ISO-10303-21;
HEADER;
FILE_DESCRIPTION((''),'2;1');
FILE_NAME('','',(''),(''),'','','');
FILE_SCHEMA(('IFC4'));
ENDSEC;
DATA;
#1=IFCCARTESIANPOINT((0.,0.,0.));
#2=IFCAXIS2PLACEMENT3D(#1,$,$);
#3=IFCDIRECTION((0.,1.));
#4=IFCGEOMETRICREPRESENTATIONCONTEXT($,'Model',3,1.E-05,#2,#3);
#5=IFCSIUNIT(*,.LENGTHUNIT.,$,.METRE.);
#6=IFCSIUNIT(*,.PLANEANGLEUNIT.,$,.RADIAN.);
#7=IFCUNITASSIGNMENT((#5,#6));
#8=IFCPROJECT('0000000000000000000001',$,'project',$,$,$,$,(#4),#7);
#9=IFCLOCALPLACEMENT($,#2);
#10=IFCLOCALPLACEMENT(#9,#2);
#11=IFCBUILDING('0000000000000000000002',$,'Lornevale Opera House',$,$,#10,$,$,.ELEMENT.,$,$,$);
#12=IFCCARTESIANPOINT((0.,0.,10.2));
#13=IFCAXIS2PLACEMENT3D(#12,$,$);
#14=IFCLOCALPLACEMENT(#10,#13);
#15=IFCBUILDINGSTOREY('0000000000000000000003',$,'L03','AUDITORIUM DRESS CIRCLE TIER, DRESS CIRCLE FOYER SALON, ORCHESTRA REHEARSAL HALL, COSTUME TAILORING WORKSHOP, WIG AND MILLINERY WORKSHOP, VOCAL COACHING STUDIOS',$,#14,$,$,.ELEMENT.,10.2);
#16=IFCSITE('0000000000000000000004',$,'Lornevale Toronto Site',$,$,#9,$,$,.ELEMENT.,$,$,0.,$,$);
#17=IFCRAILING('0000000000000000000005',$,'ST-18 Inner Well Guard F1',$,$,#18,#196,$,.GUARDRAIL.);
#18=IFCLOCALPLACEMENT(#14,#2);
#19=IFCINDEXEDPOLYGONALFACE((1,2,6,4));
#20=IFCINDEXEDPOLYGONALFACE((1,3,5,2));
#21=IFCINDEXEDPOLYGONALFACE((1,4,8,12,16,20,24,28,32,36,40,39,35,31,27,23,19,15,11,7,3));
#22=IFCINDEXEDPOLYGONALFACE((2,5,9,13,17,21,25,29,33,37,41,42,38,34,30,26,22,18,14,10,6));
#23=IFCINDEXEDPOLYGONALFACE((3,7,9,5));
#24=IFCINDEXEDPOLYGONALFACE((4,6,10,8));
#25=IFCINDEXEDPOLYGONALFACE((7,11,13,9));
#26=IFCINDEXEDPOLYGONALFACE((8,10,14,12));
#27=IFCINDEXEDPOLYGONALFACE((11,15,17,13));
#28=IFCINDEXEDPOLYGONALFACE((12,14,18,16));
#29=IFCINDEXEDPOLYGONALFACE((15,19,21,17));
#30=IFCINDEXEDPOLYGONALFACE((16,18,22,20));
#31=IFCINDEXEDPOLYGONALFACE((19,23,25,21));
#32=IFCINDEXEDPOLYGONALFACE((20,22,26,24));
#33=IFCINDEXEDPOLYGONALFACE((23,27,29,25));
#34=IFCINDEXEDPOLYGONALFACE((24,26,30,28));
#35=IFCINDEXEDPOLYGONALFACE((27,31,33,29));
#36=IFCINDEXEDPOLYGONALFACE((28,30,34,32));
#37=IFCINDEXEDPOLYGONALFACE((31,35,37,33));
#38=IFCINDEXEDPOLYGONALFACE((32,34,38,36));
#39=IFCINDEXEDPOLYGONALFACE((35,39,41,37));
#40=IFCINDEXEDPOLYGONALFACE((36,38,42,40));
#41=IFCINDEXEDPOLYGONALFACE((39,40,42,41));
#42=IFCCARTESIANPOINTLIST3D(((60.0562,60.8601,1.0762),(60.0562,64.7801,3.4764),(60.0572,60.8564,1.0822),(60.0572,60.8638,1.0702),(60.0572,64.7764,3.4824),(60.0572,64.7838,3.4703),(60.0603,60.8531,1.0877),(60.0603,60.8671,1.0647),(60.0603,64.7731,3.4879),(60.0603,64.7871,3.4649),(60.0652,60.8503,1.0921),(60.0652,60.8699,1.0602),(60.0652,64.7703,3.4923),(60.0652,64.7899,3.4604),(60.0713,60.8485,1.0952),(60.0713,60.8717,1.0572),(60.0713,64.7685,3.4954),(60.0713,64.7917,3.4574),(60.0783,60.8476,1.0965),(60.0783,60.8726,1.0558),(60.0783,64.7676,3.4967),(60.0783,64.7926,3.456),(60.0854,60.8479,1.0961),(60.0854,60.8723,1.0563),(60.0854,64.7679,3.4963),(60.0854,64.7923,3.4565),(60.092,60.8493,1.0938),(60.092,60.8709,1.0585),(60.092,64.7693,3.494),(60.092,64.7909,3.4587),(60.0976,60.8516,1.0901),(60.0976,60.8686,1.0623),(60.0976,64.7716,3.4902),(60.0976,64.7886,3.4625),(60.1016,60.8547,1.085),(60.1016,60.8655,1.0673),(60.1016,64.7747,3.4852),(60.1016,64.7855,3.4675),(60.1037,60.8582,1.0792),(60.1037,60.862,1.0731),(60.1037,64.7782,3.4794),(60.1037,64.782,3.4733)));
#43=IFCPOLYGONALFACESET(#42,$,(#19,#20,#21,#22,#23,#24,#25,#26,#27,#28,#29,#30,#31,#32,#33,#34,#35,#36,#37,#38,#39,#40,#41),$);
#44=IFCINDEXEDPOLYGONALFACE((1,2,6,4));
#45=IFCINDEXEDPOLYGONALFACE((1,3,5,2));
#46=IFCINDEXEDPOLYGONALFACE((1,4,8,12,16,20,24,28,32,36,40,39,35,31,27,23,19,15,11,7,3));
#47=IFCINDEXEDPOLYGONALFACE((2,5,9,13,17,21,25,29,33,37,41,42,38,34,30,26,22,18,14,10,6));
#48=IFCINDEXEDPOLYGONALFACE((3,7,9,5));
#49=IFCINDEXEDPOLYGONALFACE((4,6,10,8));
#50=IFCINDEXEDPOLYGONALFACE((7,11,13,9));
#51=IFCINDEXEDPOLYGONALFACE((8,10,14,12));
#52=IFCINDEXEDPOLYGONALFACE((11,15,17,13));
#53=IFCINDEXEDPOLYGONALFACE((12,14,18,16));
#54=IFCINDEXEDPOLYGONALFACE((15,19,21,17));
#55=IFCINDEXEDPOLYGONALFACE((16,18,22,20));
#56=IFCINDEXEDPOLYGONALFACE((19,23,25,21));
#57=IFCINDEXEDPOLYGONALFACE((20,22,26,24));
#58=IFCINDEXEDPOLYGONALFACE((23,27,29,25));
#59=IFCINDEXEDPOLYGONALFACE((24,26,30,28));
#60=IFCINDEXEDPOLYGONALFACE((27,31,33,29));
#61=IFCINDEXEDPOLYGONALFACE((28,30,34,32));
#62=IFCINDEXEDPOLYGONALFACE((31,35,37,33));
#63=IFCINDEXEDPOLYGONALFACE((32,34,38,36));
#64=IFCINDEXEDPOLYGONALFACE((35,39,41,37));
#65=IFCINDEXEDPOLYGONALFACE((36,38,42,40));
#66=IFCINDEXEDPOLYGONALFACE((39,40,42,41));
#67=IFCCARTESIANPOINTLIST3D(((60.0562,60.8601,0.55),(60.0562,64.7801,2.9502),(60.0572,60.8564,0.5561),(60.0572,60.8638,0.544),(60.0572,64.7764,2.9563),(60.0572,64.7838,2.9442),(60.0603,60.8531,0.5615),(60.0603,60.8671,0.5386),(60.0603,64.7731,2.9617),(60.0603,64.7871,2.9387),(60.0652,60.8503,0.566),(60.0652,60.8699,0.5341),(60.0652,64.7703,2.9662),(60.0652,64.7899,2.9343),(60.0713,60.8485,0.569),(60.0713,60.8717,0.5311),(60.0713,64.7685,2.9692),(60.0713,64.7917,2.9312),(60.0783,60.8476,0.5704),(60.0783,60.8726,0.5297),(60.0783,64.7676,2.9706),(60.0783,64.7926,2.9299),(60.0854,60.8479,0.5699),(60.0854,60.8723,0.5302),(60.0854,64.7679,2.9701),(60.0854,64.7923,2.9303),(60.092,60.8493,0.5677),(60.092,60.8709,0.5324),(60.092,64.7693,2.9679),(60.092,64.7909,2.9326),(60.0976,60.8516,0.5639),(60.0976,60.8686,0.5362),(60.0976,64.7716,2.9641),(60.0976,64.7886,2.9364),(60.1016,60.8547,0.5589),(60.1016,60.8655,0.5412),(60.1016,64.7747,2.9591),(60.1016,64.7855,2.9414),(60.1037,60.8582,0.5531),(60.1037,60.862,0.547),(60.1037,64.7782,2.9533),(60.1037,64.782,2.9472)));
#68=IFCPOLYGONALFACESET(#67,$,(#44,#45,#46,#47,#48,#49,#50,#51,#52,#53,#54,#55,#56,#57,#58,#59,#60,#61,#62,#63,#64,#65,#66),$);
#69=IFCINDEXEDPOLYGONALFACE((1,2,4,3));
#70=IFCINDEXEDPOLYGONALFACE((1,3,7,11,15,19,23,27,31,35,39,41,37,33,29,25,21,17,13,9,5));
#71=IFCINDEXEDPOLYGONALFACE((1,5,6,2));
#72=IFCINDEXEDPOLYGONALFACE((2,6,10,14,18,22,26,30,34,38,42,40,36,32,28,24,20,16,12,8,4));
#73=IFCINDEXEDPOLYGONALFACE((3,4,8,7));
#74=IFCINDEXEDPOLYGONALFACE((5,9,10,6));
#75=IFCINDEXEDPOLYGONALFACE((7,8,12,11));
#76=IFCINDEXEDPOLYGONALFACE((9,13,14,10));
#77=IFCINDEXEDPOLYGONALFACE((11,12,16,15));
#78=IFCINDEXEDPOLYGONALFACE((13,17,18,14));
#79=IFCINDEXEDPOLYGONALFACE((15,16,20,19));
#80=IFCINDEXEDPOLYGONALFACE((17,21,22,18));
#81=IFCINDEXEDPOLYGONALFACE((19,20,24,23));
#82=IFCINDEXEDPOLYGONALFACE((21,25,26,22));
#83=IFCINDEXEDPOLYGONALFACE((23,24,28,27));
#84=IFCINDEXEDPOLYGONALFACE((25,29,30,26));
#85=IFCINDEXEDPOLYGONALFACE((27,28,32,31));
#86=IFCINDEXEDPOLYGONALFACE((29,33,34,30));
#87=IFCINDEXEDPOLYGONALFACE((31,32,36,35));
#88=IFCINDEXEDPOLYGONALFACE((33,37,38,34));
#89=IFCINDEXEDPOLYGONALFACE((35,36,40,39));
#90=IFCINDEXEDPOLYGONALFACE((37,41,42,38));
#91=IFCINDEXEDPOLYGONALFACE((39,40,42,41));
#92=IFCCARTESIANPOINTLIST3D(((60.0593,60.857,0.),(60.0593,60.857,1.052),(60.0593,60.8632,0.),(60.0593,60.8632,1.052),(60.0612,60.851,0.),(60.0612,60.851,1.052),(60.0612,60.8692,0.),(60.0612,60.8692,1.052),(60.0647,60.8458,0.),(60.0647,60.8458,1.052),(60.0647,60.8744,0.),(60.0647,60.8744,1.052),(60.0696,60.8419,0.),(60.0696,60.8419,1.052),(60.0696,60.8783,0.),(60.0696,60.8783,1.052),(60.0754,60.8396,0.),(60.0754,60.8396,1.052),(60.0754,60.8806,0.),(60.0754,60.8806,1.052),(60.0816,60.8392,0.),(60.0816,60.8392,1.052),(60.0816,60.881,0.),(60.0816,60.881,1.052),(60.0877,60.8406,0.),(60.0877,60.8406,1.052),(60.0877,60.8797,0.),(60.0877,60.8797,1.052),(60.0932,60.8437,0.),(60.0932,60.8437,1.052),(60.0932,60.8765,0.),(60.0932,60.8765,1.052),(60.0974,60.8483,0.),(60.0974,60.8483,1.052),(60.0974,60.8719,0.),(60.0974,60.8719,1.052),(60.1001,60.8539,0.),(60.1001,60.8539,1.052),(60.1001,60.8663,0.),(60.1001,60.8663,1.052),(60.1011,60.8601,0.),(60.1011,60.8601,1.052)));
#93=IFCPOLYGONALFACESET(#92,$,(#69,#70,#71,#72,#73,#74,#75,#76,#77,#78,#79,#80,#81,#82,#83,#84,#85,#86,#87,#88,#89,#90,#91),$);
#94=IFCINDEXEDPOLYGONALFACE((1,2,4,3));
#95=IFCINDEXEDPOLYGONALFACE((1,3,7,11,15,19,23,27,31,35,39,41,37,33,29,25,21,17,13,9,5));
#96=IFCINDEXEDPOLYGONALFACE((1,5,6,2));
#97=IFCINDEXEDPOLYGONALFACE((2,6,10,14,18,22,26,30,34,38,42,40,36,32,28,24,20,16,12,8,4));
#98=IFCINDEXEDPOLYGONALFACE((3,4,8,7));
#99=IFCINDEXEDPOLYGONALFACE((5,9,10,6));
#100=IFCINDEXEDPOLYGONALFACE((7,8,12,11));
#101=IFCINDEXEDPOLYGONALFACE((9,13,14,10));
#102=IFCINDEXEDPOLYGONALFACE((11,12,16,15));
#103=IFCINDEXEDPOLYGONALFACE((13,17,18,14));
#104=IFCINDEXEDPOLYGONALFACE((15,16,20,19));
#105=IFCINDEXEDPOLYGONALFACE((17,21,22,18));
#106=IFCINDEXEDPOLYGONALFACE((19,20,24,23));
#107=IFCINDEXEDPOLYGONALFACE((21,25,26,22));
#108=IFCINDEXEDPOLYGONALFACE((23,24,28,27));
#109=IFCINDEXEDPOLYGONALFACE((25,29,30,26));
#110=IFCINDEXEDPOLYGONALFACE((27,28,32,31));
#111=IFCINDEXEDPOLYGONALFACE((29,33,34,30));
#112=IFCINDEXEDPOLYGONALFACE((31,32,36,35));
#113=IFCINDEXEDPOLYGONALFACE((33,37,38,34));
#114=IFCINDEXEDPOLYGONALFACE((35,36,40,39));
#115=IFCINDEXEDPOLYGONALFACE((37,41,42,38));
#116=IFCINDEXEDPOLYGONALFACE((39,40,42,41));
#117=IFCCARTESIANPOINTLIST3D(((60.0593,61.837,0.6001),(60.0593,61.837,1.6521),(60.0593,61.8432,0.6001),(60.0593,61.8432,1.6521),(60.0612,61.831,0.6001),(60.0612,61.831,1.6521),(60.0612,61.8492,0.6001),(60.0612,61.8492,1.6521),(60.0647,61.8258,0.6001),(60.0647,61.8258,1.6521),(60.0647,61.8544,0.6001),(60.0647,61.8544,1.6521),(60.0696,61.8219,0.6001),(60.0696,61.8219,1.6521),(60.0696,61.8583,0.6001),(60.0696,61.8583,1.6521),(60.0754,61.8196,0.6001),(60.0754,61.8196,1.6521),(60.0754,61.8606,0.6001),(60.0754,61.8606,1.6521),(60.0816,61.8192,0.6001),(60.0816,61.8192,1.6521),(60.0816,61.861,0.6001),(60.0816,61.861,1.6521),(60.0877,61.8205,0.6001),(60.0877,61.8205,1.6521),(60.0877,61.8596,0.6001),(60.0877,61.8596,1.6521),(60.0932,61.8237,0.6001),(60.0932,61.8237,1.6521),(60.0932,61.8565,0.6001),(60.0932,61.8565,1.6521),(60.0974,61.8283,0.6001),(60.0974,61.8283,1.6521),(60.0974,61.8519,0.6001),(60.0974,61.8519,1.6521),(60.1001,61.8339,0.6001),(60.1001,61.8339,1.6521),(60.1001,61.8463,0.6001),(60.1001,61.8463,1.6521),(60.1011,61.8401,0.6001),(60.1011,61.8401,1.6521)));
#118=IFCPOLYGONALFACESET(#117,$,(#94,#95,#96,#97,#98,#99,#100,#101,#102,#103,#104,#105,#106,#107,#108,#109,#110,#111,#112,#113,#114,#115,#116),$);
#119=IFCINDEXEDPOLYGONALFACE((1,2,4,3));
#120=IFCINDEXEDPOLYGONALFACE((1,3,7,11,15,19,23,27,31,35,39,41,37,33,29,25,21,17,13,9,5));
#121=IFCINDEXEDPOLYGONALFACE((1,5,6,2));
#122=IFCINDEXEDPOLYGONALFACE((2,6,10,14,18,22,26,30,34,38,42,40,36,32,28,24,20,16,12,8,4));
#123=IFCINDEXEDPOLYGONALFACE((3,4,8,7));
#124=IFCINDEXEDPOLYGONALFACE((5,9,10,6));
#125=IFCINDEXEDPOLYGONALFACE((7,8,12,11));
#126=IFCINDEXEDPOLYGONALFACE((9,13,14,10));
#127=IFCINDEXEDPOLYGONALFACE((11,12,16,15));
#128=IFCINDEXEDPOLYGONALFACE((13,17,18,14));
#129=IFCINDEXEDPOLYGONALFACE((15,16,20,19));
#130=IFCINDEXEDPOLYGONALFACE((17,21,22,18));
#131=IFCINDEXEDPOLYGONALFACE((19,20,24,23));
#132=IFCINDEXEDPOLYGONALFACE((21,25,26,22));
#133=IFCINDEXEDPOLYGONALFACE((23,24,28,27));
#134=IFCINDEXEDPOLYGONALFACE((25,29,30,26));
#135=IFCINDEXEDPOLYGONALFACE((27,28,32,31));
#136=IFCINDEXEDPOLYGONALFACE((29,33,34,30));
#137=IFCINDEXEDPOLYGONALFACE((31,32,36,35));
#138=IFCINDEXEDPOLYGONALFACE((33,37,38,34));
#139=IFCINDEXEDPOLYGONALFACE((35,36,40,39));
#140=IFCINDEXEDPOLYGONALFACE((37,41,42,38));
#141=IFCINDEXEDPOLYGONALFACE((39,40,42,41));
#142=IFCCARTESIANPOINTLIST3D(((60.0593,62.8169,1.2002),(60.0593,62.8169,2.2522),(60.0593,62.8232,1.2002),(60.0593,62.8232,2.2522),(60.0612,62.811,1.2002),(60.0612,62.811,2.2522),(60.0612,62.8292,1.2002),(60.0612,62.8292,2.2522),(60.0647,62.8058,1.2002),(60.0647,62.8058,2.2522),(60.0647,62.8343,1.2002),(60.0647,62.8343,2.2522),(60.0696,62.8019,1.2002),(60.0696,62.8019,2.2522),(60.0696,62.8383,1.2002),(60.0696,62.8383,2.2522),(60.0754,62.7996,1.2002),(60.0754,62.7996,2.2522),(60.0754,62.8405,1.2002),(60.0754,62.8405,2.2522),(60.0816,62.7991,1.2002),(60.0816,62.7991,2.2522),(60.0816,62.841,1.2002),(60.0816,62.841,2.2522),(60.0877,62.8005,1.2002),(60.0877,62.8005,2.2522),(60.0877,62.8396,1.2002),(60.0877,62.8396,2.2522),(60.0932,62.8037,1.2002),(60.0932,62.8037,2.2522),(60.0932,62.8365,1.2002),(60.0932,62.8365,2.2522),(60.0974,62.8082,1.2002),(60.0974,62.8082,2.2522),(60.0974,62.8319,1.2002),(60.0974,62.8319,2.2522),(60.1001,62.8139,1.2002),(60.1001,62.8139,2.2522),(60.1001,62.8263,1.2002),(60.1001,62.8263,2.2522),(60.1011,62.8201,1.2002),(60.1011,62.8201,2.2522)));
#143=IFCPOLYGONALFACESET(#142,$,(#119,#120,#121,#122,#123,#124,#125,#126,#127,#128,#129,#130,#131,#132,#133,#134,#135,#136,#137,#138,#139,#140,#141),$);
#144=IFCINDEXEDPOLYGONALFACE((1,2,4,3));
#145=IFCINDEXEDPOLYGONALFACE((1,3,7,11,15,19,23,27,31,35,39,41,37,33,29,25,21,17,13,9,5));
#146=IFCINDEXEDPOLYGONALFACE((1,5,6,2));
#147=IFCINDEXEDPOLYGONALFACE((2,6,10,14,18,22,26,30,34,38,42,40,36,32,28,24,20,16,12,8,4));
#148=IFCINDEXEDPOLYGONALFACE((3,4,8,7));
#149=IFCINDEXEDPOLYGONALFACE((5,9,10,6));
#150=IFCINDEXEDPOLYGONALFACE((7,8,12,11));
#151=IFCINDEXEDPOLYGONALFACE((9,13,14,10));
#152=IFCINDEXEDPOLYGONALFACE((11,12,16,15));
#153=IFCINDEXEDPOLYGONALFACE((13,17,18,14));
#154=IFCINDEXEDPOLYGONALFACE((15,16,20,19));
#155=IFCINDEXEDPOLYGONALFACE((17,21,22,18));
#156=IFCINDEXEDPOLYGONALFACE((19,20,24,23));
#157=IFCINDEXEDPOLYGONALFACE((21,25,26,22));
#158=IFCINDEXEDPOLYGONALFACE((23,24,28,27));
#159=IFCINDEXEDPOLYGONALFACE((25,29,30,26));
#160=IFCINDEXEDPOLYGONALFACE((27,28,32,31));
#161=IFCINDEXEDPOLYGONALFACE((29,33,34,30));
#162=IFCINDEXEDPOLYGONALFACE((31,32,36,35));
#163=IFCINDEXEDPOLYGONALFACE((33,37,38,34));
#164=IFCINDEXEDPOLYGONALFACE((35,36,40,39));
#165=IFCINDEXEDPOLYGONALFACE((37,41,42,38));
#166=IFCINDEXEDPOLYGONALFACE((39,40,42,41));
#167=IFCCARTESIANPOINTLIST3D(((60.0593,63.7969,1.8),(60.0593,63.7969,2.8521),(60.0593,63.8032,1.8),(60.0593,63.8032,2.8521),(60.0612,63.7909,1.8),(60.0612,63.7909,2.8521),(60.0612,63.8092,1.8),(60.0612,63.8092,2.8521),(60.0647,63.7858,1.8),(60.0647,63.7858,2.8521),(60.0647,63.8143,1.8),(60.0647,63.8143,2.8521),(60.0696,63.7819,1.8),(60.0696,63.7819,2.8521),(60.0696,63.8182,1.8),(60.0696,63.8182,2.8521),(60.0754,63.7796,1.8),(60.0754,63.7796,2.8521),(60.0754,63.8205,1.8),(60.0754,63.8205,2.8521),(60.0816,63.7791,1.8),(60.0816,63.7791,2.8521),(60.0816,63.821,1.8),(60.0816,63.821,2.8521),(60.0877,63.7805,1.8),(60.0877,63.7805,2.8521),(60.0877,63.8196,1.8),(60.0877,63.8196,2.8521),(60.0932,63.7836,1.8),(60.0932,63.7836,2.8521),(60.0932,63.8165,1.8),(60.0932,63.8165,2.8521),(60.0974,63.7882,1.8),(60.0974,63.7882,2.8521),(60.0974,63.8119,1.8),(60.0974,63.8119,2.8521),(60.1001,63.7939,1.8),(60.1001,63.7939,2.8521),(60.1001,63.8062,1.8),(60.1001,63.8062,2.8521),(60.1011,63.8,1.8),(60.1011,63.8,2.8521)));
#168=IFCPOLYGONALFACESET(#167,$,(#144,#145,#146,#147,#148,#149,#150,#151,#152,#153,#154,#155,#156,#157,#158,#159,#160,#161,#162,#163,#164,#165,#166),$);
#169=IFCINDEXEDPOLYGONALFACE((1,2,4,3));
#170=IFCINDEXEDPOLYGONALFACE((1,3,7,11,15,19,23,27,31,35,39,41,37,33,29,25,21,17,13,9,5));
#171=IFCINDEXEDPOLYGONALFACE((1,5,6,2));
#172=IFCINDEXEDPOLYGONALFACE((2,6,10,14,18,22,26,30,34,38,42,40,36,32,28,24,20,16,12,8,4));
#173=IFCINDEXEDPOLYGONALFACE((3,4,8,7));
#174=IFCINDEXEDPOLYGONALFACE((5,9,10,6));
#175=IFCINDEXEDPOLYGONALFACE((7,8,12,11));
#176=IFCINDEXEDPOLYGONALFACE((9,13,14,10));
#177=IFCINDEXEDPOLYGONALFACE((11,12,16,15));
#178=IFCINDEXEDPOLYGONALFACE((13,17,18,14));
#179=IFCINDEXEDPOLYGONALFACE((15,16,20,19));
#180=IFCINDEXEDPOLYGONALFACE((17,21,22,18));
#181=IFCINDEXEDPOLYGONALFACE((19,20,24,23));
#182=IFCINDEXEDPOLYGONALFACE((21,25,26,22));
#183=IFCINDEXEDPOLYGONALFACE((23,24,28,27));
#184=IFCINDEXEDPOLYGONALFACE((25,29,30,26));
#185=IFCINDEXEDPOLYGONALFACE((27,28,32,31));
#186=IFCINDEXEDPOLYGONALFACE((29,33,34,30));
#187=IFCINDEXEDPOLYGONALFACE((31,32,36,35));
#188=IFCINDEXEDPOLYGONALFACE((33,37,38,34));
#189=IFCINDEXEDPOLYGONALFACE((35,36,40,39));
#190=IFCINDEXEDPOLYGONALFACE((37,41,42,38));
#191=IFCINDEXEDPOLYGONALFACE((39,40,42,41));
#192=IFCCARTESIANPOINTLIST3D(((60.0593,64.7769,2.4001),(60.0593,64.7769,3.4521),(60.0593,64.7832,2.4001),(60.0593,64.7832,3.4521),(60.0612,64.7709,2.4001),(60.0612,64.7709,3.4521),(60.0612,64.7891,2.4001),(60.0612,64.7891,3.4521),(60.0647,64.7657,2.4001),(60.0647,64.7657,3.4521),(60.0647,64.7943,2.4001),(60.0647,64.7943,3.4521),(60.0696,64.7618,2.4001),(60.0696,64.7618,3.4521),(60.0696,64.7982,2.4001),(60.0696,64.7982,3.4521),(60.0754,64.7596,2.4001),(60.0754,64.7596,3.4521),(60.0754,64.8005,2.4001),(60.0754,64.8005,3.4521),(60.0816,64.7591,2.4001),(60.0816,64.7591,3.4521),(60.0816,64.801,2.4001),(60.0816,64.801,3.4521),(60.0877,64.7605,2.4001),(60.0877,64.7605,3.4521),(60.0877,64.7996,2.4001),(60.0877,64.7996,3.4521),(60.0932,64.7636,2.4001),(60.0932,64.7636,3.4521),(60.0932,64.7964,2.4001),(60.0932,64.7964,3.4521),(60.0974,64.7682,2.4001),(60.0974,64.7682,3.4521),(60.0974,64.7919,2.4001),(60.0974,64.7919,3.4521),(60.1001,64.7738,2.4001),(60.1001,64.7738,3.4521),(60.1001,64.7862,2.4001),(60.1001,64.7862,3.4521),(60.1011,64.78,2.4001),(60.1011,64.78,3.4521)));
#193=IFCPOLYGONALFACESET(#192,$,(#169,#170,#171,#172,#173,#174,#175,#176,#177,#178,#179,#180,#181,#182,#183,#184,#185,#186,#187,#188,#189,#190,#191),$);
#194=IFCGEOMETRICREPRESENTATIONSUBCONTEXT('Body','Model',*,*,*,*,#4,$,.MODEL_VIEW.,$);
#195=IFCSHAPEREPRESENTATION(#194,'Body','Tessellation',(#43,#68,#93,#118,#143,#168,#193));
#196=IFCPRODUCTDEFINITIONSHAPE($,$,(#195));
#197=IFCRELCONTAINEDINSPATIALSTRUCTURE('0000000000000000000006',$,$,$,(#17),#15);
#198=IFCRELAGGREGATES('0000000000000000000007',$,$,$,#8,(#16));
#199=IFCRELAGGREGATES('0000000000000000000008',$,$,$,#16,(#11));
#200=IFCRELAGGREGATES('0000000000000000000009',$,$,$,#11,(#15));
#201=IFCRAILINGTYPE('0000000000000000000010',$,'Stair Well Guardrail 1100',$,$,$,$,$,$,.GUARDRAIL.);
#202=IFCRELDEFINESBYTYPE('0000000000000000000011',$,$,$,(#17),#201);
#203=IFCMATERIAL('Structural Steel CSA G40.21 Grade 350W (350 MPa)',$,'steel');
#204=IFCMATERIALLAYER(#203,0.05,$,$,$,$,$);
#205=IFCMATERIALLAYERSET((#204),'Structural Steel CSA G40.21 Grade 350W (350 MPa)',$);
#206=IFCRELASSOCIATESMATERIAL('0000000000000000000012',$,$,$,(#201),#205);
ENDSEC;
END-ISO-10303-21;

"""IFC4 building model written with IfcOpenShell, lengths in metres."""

from ifc_helpers import new_model, si_unit, direction, frame, origin, origin_2d, place, context, subcontext, project, spatial, circle, extrude, material, layer, layer_set, type_object, element, save


model = new_model("IFC4")

# Units and contexts
model_context = context("Model", 3, precision=1e-05, world=origin(), true_north=direction((0.0, 1.0)))
body_context = subcontext(model_context, "Body", "Model", "MODEL_VIEW")
ifc_project = project(units=[si_unit("LENGTHUNIT", "METRE"), si_unit("PLANEANGLEUNIT", "RADIAN")], contexts=[model_context])

# Site, building, storey
site_placement = place(None, origin())
site = spatial("IfcSite", under=ifc_project, at=site_placement, Name="Lornevale Toronto Site", CompositionType="ELEMENT", RefElevation=0.0)
building_placement = place(site_placement, origin())
building = spatial("IfcBuilding", under=site, at=building_placement, Name="Lornevale Opera House", CompositionType="ELEMENT")
storey_placement = place(building_placement, frame((0.0, 0.0, 10.2)))
storey = spatial("IfcBuildingStorey", under=building, at=storey_placement, Name="L03", Description="AUDITORIUM DRESS CIRCLE TIER, DRESS CIRCLE FOYER SALON, ORCHESTRA REHEARSAL HALL, COSTUME TAILORING WORKSHOP, WIG AND MILLINERY WORKSHOP, VOCAL COACHING STUDIOS", CompositionType="ELEMENT", Elevation=10.2)

# Railing
ifc_material_1 = material(Name="Structural Steel CSA G40.21 Grade 350W (350 MPa)", Category="steel")
ifc_layer_1 = layer(ifc_material_1, 0.05)
ifc_layer_set_1 = layer_set([ifc_layer_1], Name="Structural Steel CSA G40.21 Grade 350W (350 MPa)")
railing_type_1 = type_object("IfcRailingType", Name="Stair Well Guardrail 1100", PredefinedType="GUARDRAIL", material=ifc_layer_set_1)
railing_1_placement = place(storey_placement, frame((60.0801, 60.8601, 0.0)))
element("IfcRailing", 1, at=railing_1_placement, inside=storey, type_object=railing_type_1, Name="ST-18 Inner Well Guard F1", PredefinedType="GUARDRAIL", context=body_context, shape_type="SweptSolid", body=[
    extrude(circle(Radius=0.0239, at=origin_2d()), frame((0.0, 0.0, 1.0762), z_axis=(0.0, 0.852832, 0.522185), x_axis=(-1.0, 0.0, 0.0)), (0.0, 0.0, 1.0), 4.5964),
    extrude(circle(Radius=0.0239, at=origin_2d()), frame((0.0, 0.0, 0.55), z_axis=(0.0, 0.852832, 0.522185), x_axis=(-1.0, 0.0, 0.0)), (0.0, 0.0, 1.0), 4.5964),
    extrude(circle(Radius=0.021, at=origin_2d()), origin(), (0.0, 0.0, 1.0), 1.052),
    extrude(circle(Radius=0.021, at=origin_2d()), frame((0.0, 0.98, 0.6001)), (0.0, 0.0, 1.0), 1.052),
    extrude(circle(Radius=0.021, at=origin_2d()), frame((0.0, 1.96, 1.2002)), (0.0, 0.0, 1.0), 1.052),
    extrude(circle(Radius=0.021, at=origin_2d()), frame((0.0, 2.9399, 1.8)), (0.0, 0.0, 1.0), 1.052),
    extrude(circle(Radius=0.021, at=origin_2d()), frame((0.0, 3.9199, 2.4001)), (0.0, 0.0, 1.0), 1.052),
])

save(model, "model.ifc")
